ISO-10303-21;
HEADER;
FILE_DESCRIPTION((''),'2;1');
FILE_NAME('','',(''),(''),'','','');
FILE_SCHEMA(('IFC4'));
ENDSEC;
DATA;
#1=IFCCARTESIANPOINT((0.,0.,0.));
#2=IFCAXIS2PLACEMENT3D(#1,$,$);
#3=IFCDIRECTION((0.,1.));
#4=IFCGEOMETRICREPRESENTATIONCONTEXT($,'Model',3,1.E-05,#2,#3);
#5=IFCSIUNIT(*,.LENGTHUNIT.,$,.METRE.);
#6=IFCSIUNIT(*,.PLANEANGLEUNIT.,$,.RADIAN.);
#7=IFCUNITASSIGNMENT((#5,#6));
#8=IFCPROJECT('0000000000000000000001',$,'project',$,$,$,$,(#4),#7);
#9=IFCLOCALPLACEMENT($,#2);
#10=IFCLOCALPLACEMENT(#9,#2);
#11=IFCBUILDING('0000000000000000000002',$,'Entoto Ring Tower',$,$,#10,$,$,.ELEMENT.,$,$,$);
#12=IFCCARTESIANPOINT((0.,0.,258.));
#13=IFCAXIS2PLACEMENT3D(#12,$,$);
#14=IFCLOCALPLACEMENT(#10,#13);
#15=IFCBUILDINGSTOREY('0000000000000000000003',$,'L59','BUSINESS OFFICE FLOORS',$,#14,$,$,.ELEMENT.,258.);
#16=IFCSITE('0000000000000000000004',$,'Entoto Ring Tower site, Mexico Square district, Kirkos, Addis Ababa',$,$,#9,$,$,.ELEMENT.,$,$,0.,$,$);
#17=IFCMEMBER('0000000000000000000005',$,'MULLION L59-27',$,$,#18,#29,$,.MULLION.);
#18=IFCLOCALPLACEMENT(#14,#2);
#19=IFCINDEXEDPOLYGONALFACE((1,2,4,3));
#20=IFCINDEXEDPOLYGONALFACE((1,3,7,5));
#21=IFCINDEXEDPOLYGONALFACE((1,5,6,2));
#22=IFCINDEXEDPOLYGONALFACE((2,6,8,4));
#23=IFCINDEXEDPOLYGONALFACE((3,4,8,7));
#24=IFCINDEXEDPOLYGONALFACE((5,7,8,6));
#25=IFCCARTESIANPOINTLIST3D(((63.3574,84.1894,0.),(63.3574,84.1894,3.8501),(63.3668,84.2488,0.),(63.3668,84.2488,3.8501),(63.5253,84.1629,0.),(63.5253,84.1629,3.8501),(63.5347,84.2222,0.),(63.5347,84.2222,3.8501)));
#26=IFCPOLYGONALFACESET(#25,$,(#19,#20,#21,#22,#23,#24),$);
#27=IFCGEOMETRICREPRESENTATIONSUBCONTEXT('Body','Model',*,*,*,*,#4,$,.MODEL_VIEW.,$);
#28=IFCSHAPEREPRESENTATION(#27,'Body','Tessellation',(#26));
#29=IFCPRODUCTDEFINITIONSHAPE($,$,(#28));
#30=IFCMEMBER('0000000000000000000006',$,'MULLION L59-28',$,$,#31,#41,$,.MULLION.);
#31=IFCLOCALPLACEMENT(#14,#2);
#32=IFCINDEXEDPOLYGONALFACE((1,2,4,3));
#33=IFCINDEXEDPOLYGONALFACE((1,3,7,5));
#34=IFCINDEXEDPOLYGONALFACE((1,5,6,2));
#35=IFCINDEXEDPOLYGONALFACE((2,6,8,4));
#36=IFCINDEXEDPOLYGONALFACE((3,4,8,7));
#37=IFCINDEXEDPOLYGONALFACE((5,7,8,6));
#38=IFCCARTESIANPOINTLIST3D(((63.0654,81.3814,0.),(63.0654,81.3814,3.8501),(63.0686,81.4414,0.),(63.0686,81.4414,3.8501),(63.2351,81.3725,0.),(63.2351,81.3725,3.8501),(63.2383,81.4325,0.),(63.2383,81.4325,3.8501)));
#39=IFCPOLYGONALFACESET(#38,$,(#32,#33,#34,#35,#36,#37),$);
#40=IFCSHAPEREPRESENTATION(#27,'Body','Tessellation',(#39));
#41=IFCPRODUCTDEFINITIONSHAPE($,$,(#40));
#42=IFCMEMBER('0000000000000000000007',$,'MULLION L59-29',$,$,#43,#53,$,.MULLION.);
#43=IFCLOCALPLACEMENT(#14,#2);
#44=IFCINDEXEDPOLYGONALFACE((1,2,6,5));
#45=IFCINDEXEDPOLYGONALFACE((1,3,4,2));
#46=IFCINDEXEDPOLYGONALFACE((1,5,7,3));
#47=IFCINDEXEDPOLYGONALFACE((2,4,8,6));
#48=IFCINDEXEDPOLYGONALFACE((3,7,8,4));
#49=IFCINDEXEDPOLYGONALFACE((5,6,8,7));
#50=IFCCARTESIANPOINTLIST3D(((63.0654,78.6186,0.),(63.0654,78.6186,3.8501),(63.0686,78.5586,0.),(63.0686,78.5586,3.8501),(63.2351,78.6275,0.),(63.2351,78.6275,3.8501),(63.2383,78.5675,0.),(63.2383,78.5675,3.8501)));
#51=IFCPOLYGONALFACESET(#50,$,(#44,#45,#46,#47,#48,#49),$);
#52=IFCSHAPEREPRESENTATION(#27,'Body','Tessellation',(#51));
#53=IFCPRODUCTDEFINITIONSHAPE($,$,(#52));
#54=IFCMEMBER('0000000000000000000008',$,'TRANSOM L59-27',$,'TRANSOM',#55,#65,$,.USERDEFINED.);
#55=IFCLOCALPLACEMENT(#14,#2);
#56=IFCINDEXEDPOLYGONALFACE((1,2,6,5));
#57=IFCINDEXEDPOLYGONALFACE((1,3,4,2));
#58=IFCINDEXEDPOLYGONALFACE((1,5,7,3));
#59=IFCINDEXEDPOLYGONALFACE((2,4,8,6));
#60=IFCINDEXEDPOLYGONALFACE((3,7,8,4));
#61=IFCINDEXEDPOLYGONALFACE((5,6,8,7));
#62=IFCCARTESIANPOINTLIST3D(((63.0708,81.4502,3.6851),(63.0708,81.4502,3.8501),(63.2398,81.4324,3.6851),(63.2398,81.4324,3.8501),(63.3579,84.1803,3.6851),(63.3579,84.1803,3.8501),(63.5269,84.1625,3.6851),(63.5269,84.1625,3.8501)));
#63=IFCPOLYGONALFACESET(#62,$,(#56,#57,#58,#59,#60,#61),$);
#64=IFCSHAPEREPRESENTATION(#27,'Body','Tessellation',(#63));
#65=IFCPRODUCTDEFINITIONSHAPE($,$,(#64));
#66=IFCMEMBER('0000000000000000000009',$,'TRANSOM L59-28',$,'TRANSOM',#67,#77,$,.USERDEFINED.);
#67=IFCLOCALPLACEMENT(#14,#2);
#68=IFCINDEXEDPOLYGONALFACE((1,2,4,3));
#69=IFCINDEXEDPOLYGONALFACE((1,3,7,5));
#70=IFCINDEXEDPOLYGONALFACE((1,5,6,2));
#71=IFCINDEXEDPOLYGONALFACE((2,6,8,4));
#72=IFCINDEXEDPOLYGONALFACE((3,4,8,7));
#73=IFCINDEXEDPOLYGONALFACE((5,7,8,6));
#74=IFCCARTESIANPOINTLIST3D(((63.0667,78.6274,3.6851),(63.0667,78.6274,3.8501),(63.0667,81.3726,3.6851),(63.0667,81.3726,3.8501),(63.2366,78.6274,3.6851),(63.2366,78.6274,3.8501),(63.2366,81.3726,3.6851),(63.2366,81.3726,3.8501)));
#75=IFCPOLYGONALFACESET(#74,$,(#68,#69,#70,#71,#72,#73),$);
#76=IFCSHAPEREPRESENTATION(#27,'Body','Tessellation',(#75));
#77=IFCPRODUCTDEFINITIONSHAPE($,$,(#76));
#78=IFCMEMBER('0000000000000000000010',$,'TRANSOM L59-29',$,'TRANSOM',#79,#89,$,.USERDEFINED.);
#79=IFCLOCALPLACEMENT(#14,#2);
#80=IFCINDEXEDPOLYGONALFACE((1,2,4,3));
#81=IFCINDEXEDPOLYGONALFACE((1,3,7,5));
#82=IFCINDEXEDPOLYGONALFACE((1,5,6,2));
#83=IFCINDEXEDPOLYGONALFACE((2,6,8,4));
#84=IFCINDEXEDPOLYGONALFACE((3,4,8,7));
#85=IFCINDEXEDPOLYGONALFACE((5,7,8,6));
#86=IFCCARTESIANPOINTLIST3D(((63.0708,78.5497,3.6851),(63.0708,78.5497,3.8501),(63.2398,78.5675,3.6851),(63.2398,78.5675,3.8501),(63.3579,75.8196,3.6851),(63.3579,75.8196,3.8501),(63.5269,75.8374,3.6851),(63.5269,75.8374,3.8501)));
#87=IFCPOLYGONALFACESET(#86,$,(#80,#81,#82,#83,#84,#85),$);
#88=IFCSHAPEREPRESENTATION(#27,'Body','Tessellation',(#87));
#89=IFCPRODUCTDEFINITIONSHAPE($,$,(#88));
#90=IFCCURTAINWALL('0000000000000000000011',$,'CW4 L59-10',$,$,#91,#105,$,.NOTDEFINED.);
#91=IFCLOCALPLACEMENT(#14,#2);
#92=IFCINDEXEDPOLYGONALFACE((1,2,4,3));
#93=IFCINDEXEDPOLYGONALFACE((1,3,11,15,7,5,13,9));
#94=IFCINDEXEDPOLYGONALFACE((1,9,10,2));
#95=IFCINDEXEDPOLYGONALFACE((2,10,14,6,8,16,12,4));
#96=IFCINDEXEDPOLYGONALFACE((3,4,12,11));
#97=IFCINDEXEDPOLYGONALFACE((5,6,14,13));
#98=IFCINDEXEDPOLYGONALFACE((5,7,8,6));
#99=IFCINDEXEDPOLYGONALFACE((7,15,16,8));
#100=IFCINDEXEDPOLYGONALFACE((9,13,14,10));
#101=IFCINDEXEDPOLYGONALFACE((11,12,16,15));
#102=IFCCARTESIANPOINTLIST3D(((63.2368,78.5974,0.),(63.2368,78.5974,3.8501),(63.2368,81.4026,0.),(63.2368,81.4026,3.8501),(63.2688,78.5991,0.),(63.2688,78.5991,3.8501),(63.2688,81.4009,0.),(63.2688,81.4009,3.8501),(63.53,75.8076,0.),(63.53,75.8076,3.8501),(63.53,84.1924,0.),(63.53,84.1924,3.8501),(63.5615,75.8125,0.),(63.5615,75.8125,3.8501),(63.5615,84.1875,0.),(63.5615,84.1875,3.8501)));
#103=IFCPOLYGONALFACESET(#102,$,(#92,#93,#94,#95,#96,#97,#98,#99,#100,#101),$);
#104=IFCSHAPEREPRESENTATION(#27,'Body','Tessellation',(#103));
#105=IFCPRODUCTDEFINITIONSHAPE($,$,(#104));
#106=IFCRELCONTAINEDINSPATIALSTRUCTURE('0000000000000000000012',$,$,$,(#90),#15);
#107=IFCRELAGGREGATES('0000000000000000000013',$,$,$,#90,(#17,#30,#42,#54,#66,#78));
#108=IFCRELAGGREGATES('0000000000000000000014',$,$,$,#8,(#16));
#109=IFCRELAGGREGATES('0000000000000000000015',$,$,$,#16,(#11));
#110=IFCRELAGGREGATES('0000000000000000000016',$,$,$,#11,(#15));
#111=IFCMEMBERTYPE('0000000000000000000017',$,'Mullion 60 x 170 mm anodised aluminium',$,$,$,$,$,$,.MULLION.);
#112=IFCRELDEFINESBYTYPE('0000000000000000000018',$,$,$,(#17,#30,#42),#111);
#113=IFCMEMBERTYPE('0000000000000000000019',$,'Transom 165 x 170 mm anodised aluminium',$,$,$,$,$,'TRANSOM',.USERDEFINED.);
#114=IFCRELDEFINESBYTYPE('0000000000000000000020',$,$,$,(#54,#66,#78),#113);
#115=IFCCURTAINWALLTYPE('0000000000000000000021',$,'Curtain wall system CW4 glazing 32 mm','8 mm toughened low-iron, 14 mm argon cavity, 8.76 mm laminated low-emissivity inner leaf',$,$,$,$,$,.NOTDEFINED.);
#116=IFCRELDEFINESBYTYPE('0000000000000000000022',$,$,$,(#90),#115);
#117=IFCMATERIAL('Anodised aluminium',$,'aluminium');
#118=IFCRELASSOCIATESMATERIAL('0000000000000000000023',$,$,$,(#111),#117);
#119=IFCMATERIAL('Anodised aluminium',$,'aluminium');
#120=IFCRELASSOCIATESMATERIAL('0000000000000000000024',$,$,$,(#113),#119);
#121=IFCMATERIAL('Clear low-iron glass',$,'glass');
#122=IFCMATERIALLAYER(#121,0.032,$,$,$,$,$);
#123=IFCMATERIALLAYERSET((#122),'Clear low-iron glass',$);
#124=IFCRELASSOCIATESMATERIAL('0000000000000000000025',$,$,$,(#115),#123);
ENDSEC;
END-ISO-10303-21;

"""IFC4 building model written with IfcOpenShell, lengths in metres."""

from ifc_helpers import new_model, si_unit, direction, frame, origin, origin_2d, place, context, subcontext, project, spatial, polyline, rectangle, outline, extrude, material, layer, layer_set, material_profile, profile_set, type_object, element, aggregate, save


model = new_model("IFC4")

# Units and contexts
model_context = context("Model", 3, precision=1e-05, world=origin(), true_north=direction((0.0, 1.0)))
body_context = subcontext(model_context, "Body", "Model", "MODEL_VIEW")
ifc_project = project(units=[si_unit("LENGTHUNIT", "METRE"), si_unit("PLANEANGLEUNIT", "RADIAN")], contexts=[model_context])

# Members
ifc_material_1 = material(Name="Anodised aluminium", Category="aluminium")
ifc_material_profile_1 = material_profile(ifc_material_1, rectangle(XDim=0.0601, YDim=0.1699, at=origin_2d()), Name="Mullion 60 x 170 mm anodised aluminium")
ifc_profile_set_1 = profile_set([ifc_material_profile_1], Name="Anodised aluminium")
member_type_1 = type_object("IfcMemberType", Name="Mullion 60 x 170 mm anodised aluminium", PredefinedType="MULLION", material=ifc_profile_set_1)
site_placement = place(None, origin())
building_placement = place(site_placement, origin())
storey_placement = place(building_placement, frame((0.0, 0.0, 258.0)))
member_1_placement = place(storey_placement, frame((63.446, 84.2058, 0.0), z_axis=(0.0, 0.0, 1.0), x_axis=(-0.156434, -0.987688, 0.0)))
member_1 = element("IfcMember", 1, at=member_1_placement, type_object=member_type_1, Name="MULLION L59-27", PredefinedType="MULLION", context=body_context, shape_type="SweptSolid", body=[
    extrude(rectangle(XDim=0.0601, YDim=0.1699, at=origin_2d()), origin(), (0.0, 0.0, 1.0), 3.8501),
])
member_2_placement = place(storey_placement, frame((63.1519, 81.407, 0.0), z_axis=(0.0, 0.0, 1.0), x_axis=(-0.052336, -0.99863, 0.0)))
member_2 = element("IfcMember", 2, at=member_2_placement, type_object=member_type_1, Name="MULLION L59-28", PredefinedType="MULLION", context=body_context, shape_type="SweptSolid", body=[
    extrude(rectangle(XDim=0.0601, YDim=0.1699, at=origin_2d()), origin(), (0.0, 0.0, 1.0), 3.8501),
])
member_3_placement = place(storey_placement, frame((63.1519, 78.593, 0.0), z_axis=(0.0, 0.0, 1.0), x_axis=(0.052336, -0.99863, 0.0)))
member_3 = element("IfcMember", 3, at=member_3_placement, type_object=member_type_1, Name="MULLION L59-29", PredefinedType="MULLION", context=body_context, shape_type="SweptSolid", body=[
    extrude(rectangle(XDim=0.0601, YDim=0.1699, at=origin_2d()), origin(), (0.0, 0.0, 1.0), 3.8501),
])
ifc_material_2 = material(Name="Anodised aluminium", Category="aluminium")
ifc_material_profile_2 = material_profile(ifc_material_2, rectangle(XDim=0.1699, YDim=0.165, at=origin_2d()), Name="Transom 165 x 170 mm anodised aluminium")
ifc_profile_set_2 = profile_set([ifc_material_profile_2], Name="Anodised aluminium")
member_type_2 = type_object("IfcMemberType", Name="Transom 165 x 170 mm anodised aluminium", ElementType="TRANSOM", PredefinedType="USERDEFINED", material=ifc_profile_set_2)
member_4_placement = place(storey_placement, frame((63.4424, 84.1714, 3.7676), z_axis=(-0.104592, -0.994515, 0.0), x_axis=(0.994515, -0.104592, 0.0)))
member_4 = element("IfcMember", 4, at=member_4_placement, type_object=member_type_2, Name="TRANSOM L59-27", ObjectType="TRANSOM", PredefinedType="USERDEFINED", context=body_context, shape_type="SweptSolid", body=[
    extrude(rectangle(XDim=0.1699, YDim=0.165, at=origin_2d()), origin(), (0.0, 0.0, 1.0), 2.7451),
])
member_5_placement = place(storey_placement, frame((63.1516, 81.3726, 3.7676), z_axis=(0.0, -1.0, 0.0), x_axis=(1.0, 0.0, 0.0)))
member_5 = element("IfcMember", 5, at=member_5_placement, type_object=member_type_2, Name="TRANSOM L59-28", ObjectType="TRANSOM", PredefinedType="USERDEFINED", context=body_context, shape_type="SweptSolid", body=[
    extrude(rectangle(XDim=0.1699, YDim=0.165, at=origin_2d()), origin(), (0.0, 0.0, 1.0), 2.7451),
])
member_6_placement = place(storey_placement, frame((63.1553, 78.5586, 3.7676), z_axis=(0.104592, -0.994515, 0.0), x_axis=(0.994515, 0.104592, 0.0)))
member_6 = element("IfcMember", 6, at=member_6_placement, type_object=member_type_2, Name="TRANSOM L59-29", ObjectType="TRANSOM", PredefinedType="USERDEFINED", context=body_context, shape_type="SweptSolid", body=[
    extrude(rectangle(XDim=0.1699, YDim=0.165, at=origin_2d()), origin(), (0.0, 0.0, 1.0), 2.7451),
])

# Site, building, storey
site = spatial("IfcSite", under=ifc_project, at=site_placement, Name="Entoto Ring Tower site, Mexico Square district, Kirkos, Addis Ababa", CompositionType="ELEMENT", RefElevation=0.0)
building = spatial("IfcBuilding", under=site, at=building_placement, Name="Entoto Ring Tower", CompositionType="ELEMENT")
storey = spatial("IfcBuildingStorey", under=building, at=storey_placement, Name="L59", Description="BUSINESS OFFICE FLOORS", CompositionType="ELEMENT", Elevation=258.0)

# Curtain wall
ifc_material_3 = material(Name="Clear low-iron glass", Category="glass")
ifc_layer = layer(ifc_material_3, 0.032)
ifc_layer_set = layer_set([ifc_layer], Name="Clear low-iron glass")
curtain_wall_type = type_object("IfcCurtainWallType", Name="Curtain wall system CW4 glazing 32 mm", Description="8 mm toughened low-iron, 14 mm argon cavity, 8.76 mm laminated low-emissivity inner leaf", PredefinedType="NOTDEFINED", material=ifc_layer_set)
curtain_wall_1_placement = place(storey_placement, origin())
curtain_wall_1 = element("IfcCurtainWall", 7, at=curtain_wall_1_placement, inside=storey, type_object=curtain_wall_type, Name="CW4 L59-10", PredefinedType="NOTDEFINED", context=body_context, shape_type="SweptSolid", body=[
    extrude(outline(polyline([(63.53, 84.1924), (63.2368, 81.4026), (63.2368, 78.5974), (63.53, 75.8076), (63.5615, 75.8125), (63.2688, 78.5991), (63.2688, 81.4009), (63.5615, 84.1875), (63.53, 84.1924)])), origin(), (0.0, 0.0, 1.0), 3.8501),
])
aggregate(curtain_wall_1, [member_1, member_2, member_3, member_4, member_5, member_6])

save(model, "model.ifc")
